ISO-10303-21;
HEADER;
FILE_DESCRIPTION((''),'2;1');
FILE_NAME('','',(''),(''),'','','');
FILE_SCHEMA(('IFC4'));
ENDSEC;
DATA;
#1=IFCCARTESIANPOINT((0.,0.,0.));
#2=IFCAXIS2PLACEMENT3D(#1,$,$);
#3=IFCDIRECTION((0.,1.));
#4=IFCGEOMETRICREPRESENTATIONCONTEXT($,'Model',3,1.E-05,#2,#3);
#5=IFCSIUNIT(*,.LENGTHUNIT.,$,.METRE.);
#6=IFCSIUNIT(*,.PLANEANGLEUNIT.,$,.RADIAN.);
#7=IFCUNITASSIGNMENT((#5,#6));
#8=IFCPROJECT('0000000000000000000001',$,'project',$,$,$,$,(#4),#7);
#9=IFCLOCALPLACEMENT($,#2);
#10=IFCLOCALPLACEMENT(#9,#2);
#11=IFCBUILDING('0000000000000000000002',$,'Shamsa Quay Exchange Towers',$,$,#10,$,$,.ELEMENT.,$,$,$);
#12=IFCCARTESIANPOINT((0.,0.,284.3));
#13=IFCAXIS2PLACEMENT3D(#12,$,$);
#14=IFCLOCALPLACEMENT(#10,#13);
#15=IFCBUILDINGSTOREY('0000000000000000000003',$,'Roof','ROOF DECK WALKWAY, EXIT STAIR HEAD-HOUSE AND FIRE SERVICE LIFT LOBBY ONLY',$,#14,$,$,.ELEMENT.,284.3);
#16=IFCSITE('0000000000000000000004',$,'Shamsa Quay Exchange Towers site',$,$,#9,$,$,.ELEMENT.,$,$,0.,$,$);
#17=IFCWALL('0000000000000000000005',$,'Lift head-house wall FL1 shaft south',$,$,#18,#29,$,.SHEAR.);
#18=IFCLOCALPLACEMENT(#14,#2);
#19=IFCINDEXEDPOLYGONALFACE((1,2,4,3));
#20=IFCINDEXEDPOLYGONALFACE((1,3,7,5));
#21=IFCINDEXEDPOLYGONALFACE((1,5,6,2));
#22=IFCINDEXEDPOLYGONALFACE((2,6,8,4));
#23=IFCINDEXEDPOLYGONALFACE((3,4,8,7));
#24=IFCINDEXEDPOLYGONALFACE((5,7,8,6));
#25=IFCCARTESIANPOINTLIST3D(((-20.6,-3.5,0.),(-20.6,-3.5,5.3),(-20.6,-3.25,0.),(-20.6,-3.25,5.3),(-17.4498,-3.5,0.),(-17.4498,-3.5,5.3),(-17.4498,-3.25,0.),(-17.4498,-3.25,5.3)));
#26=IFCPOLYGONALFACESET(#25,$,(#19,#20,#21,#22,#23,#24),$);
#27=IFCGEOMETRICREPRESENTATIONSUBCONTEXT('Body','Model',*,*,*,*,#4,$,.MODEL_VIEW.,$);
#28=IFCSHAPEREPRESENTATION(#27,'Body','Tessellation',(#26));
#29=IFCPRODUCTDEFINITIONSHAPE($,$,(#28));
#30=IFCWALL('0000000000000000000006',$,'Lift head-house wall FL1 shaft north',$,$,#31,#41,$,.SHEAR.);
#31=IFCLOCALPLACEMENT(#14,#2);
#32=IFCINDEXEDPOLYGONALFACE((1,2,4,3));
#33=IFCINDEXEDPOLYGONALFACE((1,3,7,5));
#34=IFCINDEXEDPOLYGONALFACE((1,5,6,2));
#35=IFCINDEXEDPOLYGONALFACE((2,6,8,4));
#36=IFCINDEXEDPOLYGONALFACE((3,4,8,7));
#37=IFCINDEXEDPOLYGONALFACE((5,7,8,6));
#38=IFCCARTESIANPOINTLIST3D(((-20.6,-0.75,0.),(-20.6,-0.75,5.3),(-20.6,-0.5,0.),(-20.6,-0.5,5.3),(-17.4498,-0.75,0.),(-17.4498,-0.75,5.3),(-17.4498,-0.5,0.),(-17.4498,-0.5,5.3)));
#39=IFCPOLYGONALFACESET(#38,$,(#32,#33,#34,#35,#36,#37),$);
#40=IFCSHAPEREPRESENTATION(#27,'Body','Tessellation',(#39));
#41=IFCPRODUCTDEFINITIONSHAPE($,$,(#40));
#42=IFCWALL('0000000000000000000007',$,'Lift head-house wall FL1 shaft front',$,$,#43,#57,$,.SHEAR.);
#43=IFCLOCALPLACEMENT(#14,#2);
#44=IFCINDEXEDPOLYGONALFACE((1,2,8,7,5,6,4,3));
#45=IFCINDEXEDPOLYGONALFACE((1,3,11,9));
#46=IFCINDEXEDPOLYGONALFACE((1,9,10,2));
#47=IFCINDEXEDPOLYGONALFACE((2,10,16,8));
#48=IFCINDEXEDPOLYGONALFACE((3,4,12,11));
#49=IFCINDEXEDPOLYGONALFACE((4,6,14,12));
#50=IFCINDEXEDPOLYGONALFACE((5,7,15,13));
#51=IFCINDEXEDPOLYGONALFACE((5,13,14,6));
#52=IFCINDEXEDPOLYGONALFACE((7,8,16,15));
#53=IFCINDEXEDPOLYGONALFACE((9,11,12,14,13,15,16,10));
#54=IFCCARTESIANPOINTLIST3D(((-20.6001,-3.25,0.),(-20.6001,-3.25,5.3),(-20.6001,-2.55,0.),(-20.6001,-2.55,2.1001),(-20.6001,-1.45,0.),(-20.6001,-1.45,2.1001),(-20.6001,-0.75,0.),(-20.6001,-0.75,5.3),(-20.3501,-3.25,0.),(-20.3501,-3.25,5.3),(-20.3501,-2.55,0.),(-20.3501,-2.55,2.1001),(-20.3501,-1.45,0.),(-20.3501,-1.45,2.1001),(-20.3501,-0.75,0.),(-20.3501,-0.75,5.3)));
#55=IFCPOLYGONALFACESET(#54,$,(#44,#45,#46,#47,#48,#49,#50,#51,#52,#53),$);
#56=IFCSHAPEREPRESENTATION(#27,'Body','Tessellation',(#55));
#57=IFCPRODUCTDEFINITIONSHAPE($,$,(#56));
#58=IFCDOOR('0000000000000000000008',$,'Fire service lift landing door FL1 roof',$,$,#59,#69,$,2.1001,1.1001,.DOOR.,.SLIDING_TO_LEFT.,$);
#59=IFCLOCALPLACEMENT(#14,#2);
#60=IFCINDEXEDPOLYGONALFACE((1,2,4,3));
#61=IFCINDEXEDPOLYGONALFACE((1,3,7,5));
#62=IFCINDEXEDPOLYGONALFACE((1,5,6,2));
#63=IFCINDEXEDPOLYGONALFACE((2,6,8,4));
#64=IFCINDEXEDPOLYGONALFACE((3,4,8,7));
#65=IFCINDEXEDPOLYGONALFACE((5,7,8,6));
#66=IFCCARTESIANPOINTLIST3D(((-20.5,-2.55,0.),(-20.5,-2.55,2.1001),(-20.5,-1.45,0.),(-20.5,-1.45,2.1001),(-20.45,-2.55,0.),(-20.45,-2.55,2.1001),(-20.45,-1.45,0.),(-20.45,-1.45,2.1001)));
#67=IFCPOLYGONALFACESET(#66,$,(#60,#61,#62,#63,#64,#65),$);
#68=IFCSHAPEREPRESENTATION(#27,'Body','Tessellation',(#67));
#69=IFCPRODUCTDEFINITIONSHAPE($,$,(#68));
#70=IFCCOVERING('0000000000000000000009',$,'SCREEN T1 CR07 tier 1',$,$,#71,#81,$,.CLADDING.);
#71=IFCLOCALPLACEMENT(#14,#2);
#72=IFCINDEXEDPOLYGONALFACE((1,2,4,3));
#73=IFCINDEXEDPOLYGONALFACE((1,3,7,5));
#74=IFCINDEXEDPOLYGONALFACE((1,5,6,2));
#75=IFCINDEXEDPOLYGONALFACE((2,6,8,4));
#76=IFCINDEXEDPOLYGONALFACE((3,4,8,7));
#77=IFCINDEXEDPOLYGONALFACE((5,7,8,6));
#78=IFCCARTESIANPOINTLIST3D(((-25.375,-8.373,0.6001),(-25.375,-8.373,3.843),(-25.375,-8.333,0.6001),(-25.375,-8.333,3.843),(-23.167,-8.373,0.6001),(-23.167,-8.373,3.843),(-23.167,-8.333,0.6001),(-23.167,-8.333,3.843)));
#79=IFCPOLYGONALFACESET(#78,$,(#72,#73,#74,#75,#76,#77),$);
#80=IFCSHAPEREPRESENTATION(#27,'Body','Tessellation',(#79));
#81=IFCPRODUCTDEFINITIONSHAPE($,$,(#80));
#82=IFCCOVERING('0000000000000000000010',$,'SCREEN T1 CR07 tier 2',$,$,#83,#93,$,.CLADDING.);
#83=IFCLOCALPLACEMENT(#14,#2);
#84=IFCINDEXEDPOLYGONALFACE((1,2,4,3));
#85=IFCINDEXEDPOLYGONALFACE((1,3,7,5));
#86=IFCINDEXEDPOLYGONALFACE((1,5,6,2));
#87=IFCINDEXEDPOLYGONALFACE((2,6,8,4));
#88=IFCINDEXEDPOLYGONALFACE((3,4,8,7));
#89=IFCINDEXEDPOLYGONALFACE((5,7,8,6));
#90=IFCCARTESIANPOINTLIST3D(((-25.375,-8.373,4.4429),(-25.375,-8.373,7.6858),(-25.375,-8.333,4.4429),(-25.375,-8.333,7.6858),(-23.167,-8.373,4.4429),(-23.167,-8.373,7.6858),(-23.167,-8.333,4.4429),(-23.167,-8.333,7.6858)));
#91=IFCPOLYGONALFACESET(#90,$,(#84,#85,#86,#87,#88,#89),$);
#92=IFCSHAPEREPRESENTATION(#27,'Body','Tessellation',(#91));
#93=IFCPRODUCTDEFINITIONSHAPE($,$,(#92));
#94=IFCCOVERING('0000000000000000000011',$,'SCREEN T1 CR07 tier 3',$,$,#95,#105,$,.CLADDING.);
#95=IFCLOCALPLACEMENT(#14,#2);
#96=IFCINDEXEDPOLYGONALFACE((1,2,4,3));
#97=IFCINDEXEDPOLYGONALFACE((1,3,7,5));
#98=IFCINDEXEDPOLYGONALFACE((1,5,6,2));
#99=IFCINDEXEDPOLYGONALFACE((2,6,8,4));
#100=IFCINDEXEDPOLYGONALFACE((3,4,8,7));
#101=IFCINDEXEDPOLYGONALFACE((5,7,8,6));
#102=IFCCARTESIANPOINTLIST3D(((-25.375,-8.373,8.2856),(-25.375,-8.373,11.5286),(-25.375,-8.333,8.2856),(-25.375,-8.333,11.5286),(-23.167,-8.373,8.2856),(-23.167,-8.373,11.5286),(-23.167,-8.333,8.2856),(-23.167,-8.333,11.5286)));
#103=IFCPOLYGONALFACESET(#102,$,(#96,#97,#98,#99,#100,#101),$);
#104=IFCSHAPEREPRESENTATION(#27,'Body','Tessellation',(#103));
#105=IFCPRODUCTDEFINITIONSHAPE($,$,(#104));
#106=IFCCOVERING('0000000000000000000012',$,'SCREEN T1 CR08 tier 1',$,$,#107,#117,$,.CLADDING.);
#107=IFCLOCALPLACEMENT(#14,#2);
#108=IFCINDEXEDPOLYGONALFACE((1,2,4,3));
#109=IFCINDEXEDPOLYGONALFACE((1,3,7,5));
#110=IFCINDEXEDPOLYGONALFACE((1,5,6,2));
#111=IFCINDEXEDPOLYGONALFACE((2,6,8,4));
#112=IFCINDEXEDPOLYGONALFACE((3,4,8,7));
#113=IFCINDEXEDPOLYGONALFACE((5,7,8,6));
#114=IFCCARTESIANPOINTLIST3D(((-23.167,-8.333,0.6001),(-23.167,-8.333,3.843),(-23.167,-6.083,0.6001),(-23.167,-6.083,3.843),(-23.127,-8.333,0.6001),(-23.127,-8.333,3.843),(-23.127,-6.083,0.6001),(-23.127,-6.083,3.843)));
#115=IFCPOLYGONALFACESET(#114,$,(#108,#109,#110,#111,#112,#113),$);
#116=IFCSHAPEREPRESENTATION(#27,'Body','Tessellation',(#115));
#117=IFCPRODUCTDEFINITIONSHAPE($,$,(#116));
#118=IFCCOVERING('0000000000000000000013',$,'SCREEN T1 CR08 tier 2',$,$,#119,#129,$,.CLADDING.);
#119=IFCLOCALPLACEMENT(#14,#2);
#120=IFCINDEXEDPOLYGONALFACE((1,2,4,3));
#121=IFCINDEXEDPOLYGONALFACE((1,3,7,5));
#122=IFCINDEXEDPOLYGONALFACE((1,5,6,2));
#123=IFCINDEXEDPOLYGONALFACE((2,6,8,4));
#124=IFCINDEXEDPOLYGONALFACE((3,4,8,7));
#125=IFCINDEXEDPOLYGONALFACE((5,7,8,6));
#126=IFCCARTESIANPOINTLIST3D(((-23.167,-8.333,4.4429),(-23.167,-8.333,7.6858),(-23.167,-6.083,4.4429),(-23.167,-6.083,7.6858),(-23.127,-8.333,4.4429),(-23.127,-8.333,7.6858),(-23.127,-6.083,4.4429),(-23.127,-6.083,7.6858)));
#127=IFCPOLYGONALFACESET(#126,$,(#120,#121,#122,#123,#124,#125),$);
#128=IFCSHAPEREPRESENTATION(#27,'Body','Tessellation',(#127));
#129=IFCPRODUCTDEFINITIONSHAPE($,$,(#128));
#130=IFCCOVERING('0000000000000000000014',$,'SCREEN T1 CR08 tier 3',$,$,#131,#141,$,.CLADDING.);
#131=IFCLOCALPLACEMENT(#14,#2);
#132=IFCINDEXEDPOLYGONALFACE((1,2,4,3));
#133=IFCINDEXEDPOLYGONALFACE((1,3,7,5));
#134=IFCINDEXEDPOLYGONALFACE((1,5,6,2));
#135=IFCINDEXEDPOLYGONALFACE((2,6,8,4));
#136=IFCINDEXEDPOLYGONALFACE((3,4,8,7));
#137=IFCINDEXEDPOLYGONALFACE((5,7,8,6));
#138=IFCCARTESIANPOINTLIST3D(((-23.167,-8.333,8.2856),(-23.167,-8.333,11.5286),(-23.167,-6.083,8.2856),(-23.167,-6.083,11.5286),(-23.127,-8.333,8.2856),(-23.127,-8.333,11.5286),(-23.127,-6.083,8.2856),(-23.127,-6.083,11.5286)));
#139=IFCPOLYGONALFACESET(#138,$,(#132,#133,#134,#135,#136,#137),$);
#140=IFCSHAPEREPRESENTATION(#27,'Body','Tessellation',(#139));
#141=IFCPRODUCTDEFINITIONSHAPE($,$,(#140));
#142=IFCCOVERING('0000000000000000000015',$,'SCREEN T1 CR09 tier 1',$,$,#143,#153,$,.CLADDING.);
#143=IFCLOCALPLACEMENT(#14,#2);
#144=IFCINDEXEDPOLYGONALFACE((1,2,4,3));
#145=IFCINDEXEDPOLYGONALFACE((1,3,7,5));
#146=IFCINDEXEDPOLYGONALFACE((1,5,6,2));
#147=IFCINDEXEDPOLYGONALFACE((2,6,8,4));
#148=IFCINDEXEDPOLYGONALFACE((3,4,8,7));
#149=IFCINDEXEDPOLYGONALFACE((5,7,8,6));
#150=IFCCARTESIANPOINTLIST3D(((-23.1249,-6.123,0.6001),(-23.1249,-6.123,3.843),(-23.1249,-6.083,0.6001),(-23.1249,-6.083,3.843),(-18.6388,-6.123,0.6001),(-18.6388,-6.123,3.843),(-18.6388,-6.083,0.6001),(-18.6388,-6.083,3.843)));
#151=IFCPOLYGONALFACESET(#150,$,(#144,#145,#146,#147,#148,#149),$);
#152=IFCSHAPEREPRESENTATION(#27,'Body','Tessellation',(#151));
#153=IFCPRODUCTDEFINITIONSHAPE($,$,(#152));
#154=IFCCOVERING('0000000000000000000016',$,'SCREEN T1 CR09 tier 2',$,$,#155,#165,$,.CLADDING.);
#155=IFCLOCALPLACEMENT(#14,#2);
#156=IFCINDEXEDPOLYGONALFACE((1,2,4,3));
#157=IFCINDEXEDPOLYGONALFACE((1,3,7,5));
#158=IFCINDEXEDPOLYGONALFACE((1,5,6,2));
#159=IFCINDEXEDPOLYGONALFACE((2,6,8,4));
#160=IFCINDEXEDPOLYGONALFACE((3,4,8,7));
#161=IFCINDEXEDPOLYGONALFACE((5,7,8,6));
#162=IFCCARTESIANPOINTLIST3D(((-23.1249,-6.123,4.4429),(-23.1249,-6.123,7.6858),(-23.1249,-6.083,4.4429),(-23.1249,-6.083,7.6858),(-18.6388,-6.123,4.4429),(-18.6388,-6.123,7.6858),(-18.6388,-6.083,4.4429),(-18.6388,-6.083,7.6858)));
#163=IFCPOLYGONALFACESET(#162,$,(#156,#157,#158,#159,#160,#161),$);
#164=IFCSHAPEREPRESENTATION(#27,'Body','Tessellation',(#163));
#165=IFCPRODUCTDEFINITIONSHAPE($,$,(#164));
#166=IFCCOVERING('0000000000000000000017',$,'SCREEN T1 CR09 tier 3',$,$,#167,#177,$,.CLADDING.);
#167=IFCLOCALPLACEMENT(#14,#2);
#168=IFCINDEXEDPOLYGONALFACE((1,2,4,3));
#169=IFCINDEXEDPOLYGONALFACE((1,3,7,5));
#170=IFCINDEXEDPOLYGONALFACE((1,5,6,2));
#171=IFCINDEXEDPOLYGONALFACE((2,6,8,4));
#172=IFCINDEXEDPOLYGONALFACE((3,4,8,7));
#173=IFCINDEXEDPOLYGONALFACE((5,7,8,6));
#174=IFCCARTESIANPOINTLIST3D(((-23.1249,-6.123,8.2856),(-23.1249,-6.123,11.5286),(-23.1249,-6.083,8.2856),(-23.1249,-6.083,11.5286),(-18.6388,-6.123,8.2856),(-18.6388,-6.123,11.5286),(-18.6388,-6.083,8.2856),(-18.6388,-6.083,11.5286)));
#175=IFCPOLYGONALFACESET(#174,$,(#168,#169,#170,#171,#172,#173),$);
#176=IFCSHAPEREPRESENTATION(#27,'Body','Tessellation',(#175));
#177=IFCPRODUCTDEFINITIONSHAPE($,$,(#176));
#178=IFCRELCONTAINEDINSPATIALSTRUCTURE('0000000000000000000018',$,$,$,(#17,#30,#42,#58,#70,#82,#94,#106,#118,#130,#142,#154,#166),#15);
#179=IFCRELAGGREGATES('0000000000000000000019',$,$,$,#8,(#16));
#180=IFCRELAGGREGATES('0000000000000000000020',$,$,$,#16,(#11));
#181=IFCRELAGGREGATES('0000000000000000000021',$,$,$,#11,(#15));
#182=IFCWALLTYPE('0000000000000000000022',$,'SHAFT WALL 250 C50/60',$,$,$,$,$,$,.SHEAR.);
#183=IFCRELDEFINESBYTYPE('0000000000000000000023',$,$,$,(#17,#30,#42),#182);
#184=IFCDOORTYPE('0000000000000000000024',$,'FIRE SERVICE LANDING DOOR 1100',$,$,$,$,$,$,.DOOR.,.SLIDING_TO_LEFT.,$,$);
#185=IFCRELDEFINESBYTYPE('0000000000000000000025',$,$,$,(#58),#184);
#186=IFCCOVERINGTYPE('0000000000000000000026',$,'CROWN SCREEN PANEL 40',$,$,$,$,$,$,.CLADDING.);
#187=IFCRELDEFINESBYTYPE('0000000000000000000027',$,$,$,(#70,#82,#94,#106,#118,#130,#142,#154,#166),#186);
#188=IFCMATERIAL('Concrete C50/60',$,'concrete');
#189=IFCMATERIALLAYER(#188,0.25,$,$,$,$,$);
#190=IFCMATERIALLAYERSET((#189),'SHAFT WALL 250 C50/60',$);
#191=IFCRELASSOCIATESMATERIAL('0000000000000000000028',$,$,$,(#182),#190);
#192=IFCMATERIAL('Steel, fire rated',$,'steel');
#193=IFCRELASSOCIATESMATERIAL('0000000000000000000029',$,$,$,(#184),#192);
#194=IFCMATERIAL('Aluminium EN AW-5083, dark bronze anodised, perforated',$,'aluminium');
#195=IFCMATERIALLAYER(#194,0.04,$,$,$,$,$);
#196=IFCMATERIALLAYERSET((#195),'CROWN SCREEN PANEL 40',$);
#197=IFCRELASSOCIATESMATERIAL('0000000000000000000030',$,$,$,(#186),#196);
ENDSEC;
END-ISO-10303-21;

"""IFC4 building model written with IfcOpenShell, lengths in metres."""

from ifc_helpers import new_model, si_unit, direction, frame, frame_2d, origin, origin_2d, place, context, subcontext, project, spatial, rectangle, extrude, material, layer, layer_set, type_object, element, fill, save


model = new_model("IFC4")

# Units and contexts
model_context = context("Model", 3, precision=1e-05, world=origin(), true_north=direction((0.0, 1.0)))
body_context = subcontext(model_context, "Body", "Model", "MODEL_VIEW")
ifc_project = project(units=[si_unit("LENGTHUNIT", "METRE"), si_unit("PLANEANGLEUNIT", "RADIAN")], contexts=[model_context])

# Site, building, storey
site_placement = place(None, origin())
site = spatial("IfcSite", under=ifc_project, at=site_placement, Name="Shamsa Quay Exchange Towers site", CompositionType="ELEMENT", RefElevation=0.0)
building_placement = place(site_placement, origin())
building = spatial("IfcBuilding", under=site, at=building_placement, Name="Shamsa Quay Exchange Towers", CompositionType="ELEMENT")
storey_placement = place(building_placement, frame((0.0, 0.0, 284.3)))
storey = spatial("IfcBuildingStorey", under=building, at=storey_placement, Name="Roof", Description="ROOF DECK WALKWAY, EXIT STAIR HEAD-HOUSE AND FIRE SERVICE LIFT LOBBY ONLY", CompositionType="ELEMENT", Elevation=284.3)

# Walls
ifc_material_1 = material(Name="Concrete C50/60", Category="concrete")
ifc_layer_1 = layer(ifc_material_1, 0.25)
ifc_layer_set_1 = layer_set([ifc_layer_1], Name="SHAFT WALL 250 C50/60")
wall_type_1 = type_object("IfcWallType", Name="SHAFT WALL 250 C50/60", PredefinedType="SHEAR", material=ifc_layer_set_1)
for number, where, name in (
    (1, (-20.6001, -3.375, 0.0), "Lift head-house wall FL1 shaft south"),
    (2, (-20.6001, -0.625, 0.0), "Lift head-house wall FL1 shaft north"),
):
    element("IfcWall", number, at=place(storey_placement, frame(where)), inside=storey, type_object=wall_type_1, Name=name, PredefinedType="SHEAR", context=body_context, shape_type="SweptSolid", body=[
        extrude(rectangle(XDim=3.1501, YDim=0.25, at=frame_2d((1.5752, 0.0))), origin(), (0.0, 0.0, 1.0), 5.3),
    ])

# Wall, opening, door
wall_1_placement = place(storey_placement, frame((-20.4751, -3.25, 0.0), z_axis=(0.0, 0.0, 1.0), x_axis=(0.0, 1.0, 0.0)))
wall_1 = element("IfcWall", 3, at=wall_1_placement, inside=storey, type_object=wall_type_1, Name="Lift head-house wall FL1 shaft front", PredefinedType="SHEAR", context=body_context, shape_type="SweptSolid", body=[
    extrude(rectangle(XDim=2.5, YDim=0.25, at=frame_2d((1.25, 0.0))), origin(), (0.0, 0.0, 1.0), 5.3),
])
opening_placement = place(wall_1_placement, frame((0.7, 0.0, 0.0)))
opening = element("IfcOpeningElement", 4, at=opening_placement, cuts=wall_1, PredefinedType="OPENING", context=body_context, shape_type="SweptSolid", body=[
    extrude(rectangle(XDim=1.1001, YDim=2.1001, at=frame_2d((0.55, 1.05))), frame((0.0, 0.135, 0.0), z_axis=(0.0, -1.0, 0.0), x_axis=(1.0, 0.0, 0.0)), (0.0, 0.0, 1.0), 0.27),
])
ifc_material_2 = material(Name="Steel, fire rated", Category="steel")
door_type = type_object("IfcDoorType", Name="FIRE SERVICE LANDING DOOR 1100", OperationType="SLIDING_TO_LEFT", PredefinedType="DOOR", material=ifc_material_2)
door_placement = place(opening_placement, origin())
door = element("IfcDoor", 5, at=door_placement, inside=storey, type_object=door_type, Name="Fire service lift landing door FL1 roof", OperationType="SLIDING_TO_LEFT", OverallHeight=2.1001, OverallWidth=1.1001, PredefinedType="DOOR", context=body_context, shape_type="SweptSolid", body=[
    extrude(rectangle(XDim=1.1001, YDim=2.1001, at=frame_2d((0.55, 1.05))), frame((0.0, 0.0249, 0.0), z_axis=(0.0, -1.0, 0.0), x_axis=(1.0, 0.0, 0.0)), (0.0, 0.0, 1.0), 0.05),
])
fill(opening, door)

# Coverings
ifc_material_3 = material(Name="Aluminium EN AW-5083, dark bronze anodised, perforated", Category="aluminium")
ifc_layer_2 = layer(ifc_material_3, 0.04)
ifc_layer_set_2 = layer_set([ifc_layer_2], Name="CROWN SCREEN PANEL 40")
covering_type = type_object("IfcCoveringType", Name="CROWN SCREEN PANEL 40", PredefinedType="CLADDING", material=ifc_layer_set_2)
for number, where, name in (
    (6, (-24.271, -8.353, 0.6001), "SCREEN T1 CR07 tier 1"),
    (7, (-24.271, -8.353, 4.4429), "SCREEN T1 CR07 tier 2"),
    (8, (-24.271, -8.353, 8.2856), "SCREEN T1 CR07 tier 3"),
):
    element("IfcCovering", number, at=place(storey_placement, frame(where)), inside=storey, type_object=covering_type, Name=name, PredefinedType="CLADDING", context=body_context, shape_type="SweptSolid", body=[
        extrude(rectangle(XDim=2.208, YDim=0.04, at=origin_2d()), origin(), (0.0, 0.0, 1.0), 3.2429),
    ])
for number, where, z_axis, x_axis, name in (
    (9, (-23.147, -7.208, 0.6001), (0.0, 0.0, 1.0), (0.0, 1.0, 0.0), "SCREEN T1 CR08 tier 1"),
    (10, (-23.147, -7.208, 4.4429), (0.0, 0.0, 1.0), (0.0, 1.0, 0.0), "SCREEN T1 CR08 tier 2"),
    (11, (-23.147, -7.208, 8.2856), (0.0, 0.0, 1.0), (0.0, 1.0, 0.0), "SCREEN T1 CR08 tier 3"),
):
    element("IfcCovering", number, at=place(storey_placement, frame(where, z_axis=z_axis, x_axis=x_axis)), inside=storey, type_object=covering_type, Name=name, PredefinedType="CLADDING", context=body_context, shape_type="SweptSolid", body=[
        extrude(rectangle(XDim=2.25, YDim=0.04, at=origin_2d()), origin(), (0.0, 0.0, 1.0), 3.2429),
    ])
for number, where, name in (
    (12, (-20.8818, -6.103, 0.6001), "SCREEN T1 CR09 tier 1"),
    (13, (-20.8818, -6.103, 4.4429), "SCREEN T1 CR09 tier 2"),
    (14, (-20.8818, -6.103, 8.2856), "SCREEN T1 CR09 tier 3"),
):
    element("IfcCovering", number, at=place(storey_placement, frame(where)), inside=storey, type_object=covering_type, Name=name, PredefinedType="CLADDING", context=body_context, shape_type="SweptSolid", body=[
        extrude(rectangle(XDim=4.4861, YDim=0.04, at=origin_2d()), origin(), (0.0, 0.0, 1.0), 3.2429),
    ])

save(model, "model.ifc")
